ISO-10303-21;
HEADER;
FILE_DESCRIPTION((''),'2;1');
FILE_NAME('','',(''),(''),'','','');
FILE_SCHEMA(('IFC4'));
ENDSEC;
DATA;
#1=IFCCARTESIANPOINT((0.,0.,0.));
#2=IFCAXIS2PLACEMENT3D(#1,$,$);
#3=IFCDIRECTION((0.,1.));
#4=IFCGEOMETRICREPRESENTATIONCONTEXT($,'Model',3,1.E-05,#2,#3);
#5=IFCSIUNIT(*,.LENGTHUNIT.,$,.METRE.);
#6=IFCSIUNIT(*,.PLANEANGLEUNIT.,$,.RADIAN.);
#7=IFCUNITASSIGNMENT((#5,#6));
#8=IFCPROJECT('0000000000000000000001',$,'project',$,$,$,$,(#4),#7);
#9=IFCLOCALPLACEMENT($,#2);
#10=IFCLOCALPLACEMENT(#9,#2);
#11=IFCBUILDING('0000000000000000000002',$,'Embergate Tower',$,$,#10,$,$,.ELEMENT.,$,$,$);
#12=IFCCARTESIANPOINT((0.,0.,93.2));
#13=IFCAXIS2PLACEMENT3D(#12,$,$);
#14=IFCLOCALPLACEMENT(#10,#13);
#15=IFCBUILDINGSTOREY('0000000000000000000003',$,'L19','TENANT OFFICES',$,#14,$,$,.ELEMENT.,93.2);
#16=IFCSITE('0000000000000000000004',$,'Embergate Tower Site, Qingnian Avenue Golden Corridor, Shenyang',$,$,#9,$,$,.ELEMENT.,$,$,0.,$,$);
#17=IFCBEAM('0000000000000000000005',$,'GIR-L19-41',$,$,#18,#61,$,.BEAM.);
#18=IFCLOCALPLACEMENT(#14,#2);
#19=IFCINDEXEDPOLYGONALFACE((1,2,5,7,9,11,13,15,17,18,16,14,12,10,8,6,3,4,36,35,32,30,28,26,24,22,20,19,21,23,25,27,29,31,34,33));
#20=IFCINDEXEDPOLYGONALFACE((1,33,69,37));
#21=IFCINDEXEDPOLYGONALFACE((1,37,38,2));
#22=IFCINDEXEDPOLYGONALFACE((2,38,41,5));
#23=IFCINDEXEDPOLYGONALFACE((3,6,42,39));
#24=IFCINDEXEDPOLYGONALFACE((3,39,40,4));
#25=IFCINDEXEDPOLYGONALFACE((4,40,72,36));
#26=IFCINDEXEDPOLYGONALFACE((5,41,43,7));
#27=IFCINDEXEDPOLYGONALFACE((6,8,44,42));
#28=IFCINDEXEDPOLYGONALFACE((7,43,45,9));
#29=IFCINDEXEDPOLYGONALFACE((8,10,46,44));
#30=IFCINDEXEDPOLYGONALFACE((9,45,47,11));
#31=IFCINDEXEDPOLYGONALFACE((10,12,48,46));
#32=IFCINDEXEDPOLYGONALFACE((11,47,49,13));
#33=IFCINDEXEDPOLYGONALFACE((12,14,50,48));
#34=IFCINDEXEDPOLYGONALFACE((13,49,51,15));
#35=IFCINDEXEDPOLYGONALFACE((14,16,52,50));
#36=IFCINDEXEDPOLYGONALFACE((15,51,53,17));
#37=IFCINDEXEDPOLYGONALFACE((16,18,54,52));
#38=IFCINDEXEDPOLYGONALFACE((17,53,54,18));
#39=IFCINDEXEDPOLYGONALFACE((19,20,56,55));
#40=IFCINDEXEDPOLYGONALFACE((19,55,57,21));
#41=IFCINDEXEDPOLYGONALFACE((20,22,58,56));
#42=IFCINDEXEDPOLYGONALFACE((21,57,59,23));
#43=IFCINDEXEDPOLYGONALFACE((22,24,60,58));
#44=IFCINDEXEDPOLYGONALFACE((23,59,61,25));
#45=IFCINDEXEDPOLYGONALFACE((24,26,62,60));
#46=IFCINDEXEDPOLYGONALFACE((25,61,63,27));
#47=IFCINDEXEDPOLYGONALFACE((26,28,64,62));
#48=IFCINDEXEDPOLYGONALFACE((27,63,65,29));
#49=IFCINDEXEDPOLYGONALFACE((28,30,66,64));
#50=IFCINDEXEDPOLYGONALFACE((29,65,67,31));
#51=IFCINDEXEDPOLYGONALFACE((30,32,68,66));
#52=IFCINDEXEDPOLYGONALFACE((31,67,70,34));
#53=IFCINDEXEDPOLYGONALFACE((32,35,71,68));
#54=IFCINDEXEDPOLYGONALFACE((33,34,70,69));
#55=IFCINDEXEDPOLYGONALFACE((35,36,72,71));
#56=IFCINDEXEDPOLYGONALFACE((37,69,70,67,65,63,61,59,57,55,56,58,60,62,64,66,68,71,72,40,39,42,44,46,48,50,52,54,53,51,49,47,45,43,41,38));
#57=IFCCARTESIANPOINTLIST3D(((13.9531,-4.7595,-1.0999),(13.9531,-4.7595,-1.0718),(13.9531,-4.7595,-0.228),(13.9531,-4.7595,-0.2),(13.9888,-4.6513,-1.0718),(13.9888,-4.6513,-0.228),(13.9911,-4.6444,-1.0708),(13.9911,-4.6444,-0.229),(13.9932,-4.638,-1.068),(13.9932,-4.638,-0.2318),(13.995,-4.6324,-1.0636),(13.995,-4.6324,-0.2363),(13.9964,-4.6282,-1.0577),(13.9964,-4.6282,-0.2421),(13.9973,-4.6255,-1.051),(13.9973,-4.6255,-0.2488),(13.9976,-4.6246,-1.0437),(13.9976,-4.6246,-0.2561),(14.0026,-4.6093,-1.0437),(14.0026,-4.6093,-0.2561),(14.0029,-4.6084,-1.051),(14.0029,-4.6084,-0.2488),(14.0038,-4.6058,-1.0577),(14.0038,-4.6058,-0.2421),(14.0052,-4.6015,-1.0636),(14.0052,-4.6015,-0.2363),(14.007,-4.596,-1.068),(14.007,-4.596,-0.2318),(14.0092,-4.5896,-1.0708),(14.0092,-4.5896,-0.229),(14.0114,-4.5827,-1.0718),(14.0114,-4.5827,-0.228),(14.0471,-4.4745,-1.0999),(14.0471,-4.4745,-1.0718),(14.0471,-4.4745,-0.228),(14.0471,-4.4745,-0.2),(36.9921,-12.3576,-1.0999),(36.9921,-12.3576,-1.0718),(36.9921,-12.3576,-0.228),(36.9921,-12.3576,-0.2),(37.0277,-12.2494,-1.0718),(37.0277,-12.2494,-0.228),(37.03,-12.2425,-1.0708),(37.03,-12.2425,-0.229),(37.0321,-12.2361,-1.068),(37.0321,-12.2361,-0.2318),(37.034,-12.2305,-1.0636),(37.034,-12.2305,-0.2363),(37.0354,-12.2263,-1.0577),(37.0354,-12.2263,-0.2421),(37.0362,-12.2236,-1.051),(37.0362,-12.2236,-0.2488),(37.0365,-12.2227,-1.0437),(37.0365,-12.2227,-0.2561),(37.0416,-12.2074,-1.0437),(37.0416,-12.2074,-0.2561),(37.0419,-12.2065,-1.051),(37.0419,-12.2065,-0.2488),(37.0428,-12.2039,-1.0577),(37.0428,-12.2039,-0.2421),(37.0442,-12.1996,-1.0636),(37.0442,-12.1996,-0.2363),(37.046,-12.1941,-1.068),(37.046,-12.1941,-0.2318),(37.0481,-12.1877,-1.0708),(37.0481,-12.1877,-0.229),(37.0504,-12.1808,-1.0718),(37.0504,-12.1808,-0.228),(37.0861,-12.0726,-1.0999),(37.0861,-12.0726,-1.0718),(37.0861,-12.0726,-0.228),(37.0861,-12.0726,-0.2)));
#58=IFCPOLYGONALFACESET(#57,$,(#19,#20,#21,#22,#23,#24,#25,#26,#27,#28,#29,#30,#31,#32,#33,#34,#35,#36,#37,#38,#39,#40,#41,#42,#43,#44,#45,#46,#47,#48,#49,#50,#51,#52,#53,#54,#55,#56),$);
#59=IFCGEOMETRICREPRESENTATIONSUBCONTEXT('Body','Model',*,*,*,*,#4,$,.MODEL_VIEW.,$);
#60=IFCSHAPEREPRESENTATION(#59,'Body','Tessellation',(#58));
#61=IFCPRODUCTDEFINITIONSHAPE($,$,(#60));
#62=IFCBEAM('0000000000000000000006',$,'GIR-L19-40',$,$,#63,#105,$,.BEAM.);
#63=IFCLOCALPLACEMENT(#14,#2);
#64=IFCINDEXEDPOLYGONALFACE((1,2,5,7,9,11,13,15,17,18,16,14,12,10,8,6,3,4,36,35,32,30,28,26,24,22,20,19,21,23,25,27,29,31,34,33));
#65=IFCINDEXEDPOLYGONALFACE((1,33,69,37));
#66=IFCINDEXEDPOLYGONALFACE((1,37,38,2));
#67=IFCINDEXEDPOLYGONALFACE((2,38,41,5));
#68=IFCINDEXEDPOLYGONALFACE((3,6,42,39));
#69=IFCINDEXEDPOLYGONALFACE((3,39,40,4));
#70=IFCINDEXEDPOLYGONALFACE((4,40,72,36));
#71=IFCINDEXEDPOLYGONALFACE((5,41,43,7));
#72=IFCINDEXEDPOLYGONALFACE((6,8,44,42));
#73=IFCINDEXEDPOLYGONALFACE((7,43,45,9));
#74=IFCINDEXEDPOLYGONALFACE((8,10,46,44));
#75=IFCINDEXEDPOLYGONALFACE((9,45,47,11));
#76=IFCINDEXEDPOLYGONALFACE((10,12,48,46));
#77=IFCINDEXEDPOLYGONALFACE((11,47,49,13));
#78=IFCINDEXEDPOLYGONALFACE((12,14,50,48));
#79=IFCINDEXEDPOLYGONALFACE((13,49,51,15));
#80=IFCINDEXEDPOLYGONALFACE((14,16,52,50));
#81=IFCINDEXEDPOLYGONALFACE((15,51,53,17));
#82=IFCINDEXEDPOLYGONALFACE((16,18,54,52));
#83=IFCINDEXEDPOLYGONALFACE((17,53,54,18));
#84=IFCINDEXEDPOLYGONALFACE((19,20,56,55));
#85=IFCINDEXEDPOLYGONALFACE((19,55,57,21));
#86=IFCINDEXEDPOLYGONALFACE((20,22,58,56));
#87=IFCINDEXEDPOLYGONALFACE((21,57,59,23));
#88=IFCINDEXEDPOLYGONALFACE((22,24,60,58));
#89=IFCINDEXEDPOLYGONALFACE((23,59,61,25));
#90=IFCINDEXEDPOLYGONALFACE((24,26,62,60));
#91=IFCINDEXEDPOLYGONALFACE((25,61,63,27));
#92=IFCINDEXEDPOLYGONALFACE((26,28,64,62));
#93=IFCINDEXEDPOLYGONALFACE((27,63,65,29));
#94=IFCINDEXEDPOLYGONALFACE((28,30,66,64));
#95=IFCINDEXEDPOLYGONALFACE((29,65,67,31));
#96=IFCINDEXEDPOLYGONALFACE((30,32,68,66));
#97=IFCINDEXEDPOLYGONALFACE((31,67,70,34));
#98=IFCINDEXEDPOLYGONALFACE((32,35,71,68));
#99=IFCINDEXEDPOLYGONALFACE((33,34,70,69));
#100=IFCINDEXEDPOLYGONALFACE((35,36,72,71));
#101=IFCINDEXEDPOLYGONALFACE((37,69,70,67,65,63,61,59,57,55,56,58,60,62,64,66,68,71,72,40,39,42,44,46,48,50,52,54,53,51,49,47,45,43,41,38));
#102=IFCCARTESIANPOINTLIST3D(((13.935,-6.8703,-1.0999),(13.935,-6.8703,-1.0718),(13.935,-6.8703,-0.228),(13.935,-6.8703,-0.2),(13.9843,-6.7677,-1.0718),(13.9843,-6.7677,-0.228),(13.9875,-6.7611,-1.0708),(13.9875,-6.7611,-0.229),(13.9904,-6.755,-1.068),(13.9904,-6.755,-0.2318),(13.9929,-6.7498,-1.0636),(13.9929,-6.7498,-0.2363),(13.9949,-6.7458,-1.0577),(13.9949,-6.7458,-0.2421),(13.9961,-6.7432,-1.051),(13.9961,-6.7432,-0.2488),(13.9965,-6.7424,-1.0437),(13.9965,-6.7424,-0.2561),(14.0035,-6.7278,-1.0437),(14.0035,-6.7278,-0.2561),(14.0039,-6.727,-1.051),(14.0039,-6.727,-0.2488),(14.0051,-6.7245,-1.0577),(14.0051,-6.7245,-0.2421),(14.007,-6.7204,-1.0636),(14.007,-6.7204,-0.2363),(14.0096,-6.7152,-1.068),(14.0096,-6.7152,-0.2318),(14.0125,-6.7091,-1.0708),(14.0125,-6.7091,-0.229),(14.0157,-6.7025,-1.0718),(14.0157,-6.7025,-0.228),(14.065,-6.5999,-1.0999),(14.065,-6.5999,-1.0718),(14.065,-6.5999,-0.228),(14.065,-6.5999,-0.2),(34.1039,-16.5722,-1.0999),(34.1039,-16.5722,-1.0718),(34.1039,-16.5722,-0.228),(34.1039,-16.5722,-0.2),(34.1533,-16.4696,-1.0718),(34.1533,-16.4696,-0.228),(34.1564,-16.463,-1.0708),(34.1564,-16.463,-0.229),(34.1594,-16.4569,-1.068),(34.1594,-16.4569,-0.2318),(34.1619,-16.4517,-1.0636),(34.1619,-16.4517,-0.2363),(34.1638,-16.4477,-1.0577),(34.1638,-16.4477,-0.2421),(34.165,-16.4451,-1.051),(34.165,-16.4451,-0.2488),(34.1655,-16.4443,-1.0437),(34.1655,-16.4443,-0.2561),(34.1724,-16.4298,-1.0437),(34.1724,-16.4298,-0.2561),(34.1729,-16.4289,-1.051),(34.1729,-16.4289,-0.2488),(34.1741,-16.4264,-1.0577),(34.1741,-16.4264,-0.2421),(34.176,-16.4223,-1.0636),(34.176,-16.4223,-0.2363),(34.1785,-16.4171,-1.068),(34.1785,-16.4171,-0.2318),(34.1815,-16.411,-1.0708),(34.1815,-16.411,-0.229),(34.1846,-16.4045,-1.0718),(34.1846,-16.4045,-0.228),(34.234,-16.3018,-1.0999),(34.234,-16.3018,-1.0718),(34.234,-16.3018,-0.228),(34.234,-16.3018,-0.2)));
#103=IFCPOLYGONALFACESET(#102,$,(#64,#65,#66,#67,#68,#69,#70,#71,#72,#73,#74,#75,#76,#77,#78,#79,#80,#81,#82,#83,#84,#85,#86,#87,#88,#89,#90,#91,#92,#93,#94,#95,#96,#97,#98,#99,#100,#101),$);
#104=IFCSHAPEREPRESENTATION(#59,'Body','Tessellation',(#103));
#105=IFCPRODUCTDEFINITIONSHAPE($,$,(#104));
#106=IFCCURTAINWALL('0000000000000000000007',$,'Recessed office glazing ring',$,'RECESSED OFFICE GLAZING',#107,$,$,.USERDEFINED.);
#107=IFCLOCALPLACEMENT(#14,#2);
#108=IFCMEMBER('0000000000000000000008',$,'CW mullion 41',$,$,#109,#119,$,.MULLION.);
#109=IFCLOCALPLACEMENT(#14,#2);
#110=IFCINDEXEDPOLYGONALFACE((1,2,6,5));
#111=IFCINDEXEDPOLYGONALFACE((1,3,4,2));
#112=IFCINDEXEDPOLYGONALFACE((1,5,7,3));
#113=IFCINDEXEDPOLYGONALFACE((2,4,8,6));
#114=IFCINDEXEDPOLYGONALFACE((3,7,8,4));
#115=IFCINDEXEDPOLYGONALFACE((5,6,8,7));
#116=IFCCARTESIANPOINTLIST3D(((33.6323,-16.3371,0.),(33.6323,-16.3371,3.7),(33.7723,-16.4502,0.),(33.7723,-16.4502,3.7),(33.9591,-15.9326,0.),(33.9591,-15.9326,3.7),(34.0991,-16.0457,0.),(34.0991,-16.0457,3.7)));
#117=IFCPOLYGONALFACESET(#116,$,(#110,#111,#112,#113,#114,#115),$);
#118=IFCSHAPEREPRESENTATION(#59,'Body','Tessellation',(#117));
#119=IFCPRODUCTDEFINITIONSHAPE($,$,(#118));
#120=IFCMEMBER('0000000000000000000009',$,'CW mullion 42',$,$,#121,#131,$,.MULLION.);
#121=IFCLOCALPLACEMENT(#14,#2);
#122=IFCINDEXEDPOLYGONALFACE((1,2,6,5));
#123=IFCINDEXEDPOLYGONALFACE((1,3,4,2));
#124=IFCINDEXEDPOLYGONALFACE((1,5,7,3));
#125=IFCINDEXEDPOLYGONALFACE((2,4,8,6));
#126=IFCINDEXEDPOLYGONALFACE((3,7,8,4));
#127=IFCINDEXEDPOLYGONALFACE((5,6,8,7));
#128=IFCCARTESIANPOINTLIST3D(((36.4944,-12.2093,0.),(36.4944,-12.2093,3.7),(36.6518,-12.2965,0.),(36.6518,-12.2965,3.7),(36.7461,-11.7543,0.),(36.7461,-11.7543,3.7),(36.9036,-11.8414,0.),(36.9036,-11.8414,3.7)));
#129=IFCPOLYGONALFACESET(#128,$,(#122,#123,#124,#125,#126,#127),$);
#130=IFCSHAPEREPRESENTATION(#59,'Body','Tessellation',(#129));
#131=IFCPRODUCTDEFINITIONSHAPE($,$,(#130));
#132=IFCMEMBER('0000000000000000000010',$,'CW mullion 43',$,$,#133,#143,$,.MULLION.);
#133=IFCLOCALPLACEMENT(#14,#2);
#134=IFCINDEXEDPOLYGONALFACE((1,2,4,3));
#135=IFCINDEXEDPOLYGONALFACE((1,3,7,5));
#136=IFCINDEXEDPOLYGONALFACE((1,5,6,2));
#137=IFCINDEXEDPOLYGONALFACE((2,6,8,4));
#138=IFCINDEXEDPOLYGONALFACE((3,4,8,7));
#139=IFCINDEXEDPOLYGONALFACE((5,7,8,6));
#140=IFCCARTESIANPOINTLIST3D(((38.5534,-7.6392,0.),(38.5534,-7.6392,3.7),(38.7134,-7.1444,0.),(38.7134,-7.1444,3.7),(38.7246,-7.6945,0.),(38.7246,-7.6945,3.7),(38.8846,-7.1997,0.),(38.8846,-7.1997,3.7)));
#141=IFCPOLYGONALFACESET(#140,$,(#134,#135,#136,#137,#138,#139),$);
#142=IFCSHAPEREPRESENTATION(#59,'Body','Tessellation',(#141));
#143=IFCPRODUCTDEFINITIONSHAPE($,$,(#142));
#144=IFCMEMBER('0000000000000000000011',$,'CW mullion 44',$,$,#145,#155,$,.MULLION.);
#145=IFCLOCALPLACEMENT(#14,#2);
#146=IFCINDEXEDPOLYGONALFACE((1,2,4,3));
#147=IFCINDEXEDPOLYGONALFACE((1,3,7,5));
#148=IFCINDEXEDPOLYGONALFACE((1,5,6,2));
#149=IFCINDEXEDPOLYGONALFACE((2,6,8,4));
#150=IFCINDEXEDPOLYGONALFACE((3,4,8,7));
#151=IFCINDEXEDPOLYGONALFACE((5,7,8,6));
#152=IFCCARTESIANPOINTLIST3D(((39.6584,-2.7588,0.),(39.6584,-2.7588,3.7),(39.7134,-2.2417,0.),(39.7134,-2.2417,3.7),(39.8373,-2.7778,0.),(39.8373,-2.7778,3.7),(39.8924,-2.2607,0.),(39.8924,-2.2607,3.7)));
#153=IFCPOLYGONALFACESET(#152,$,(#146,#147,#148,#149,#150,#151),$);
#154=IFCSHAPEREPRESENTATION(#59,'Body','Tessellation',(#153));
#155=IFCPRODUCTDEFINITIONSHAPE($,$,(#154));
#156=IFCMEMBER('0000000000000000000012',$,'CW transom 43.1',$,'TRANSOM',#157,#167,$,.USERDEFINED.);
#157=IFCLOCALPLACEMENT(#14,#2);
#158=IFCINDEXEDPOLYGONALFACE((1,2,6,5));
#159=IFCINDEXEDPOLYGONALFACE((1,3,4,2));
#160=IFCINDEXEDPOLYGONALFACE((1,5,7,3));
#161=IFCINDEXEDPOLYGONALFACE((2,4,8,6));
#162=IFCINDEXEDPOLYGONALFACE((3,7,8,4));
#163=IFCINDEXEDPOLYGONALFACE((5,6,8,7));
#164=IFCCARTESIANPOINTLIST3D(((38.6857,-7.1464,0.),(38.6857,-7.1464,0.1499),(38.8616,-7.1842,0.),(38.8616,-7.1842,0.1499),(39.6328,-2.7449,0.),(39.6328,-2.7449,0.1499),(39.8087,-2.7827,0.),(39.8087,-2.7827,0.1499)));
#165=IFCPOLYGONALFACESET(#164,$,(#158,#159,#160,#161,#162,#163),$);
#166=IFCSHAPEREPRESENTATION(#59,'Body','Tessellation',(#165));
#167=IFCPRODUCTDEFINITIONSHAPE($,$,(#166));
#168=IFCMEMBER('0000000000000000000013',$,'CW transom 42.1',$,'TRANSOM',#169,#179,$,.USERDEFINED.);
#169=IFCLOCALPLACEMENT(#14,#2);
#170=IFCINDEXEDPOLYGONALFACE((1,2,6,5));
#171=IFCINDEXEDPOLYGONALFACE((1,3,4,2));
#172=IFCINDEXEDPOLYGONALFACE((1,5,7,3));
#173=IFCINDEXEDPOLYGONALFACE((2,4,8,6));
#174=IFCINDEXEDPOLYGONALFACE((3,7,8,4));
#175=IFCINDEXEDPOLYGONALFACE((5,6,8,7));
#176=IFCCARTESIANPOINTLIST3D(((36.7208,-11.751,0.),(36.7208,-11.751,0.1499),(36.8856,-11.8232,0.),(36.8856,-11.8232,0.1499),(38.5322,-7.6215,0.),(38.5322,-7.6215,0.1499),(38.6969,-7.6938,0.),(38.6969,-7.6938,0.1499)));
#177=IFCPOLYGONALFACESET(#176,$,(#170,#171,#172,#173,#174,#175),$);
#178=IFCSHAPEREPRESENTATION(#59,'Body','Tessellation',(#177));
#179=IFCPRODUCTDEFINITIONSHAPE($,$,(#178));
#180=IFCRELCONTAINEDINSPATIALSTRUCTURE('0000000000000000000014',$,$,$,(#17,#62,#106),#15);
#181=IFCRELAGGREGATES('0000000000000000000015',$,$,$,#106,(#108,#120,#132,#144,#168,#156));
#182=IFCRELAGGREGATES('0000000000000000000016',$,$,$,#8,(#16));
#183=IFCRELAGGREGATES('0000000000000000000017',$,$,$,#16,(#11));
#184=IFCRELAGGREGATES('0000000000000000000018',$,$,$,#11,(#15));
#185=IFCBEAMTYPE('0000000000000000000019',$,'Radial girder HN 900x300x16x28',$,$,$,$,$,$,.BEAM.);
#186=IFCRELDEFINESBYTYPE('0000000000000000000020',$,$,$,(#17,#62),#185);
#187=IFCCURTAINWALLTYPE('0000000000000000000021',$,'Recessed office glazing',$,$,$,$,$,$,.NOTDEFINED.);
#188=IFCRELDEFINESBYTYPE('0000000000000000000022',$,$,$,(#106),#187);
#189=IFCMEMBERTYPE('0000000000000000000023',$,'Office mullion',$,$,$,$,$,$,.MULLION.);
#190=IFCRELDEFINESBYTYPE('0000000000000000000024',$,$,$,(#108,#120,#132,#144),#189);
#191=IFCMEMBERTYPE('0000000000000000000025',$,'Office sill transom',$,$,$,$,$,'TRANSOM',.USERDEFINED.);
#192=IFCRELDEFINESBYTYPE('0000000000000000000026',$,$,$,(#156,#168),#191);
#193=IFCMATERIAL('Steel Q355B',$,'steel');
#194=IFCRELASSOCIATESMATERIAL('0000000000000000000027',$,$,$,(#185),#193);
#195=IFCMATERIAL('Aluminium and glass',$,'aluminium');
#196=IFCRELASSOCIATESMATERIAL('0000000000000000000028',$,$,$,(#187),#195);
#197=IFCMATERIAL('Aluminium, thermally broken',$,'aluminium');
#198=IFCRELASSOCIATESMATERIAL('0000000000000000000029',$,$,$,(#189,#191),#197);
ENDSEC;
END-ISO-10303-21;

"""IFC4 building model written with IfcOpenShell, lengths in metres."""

from ifc_helpers import new_model, si_unit, direction, frame, origin, origin_2d, place, context, subcontext, project, spatial, rectangle, i_section, extrude, source, transform, mapped, material, material_profile, profile_set, type_object, element, aggregate, save


model = new_model("IFC4")

# Units and contexts
model_context = context("Model", 3, precision=1e-05, world=origin(), true_north=direction((0.0, 1.0)))
body_context = subcontext(model_context, "Body", "Model", "MODEL_VIEW")
ifc_project = project(units=[si_unit("LENGTHUNIT", "METRE"), si_unit("PLANEANGLEUNIT", "RADIAN")], contexts=[model_context])

# Site, building, storey
site_placement = place(None, origin())
site = spatial("IfcSite", under=ifc_project, at=site_placement, Name="Embergate Tower Site, Qingnian Avenue Golden Corridor, Shenyang", CompositionType="ELEMENT", RefElevation=0.0)
building_placement = place(site_placement, origin())
building = spatial("IfcBuilding", under=site, at=building_placement, Name="Embergate Tower", CompositionType="ELEMENT")
storey_placement = place(building_placement, frame((0.0, 0.0, 93.2)))
storey = spatial("IfcBuildingStorey", under=building, at=storey_placement, Name="L19", Description="TENANT OFFICES", CompositionType="ELEMENT", Elevation=93.2)

# Beams
ifc_material_1 = material(Name="Steel Q355B", Category="steel")
ifc_material_profile_1 = material_profile(ifc_material_1, i_section(OverallWidth=0.3, OverallDepth=0.8999, WebThickness=0.0161, FlangeThickness=0.0281, FilletRadius=0.0281, at=origin_2d()), Name="HN 900x300x16x28")
ifc_profile_set_1 = profile_set([ifc_material_profile_1], Name="Steel Q355 grade B")
beam_type_1 = type_object("IfcBeamType", Name="Radial girder HN 900x300x16x28", PredefinedType="BEAM", material=ifc_profile_set_1)
shared_shape_1 = source(origin(), body_context, "Body", "SweptSolid", [
    extrude(i_section(OverallWidth=0.3, OverallDepth=0.8999, WebThickness=0.0161, FlangeThickness=0.0281, FilletRadius=0.0281, at=origin_2d()), origin(), (0.0, 0.0, 1.0), 24.2595),
])
beam_1_placement = place(storey_placement, frame((37.0391, -12.2151, -0.6499), z_axis=(-0.949687, 0.313201, 0.0), x_axis=(-0.313201, -0.949687, 0.0)))
element("IfcBeam", 1, at=beam_1_placement, inside=storey, type_object=beam_type_1, Name="GIR-L19-41", PredefinedType="BEAM", context=body_context, shape_type="MappedRepresentation", body=[
    mapped(shared_shape_1, transform((0.0, 0.0, 0.0))),
])
shared_shape_2 = source(origin(), body_context, "Body", "SweptSolid", [
    extrude(i_section(OverallWidth=0.3, OverallDepth=0.8999, WebThickness=0.0161, FlangeThickness=0.0281, FilletRadius=0.0281, at=origin_2d()), origin(), (0.0, 0.0, 1.0), 22.3811),
])
beam_2_placement = place(storey_placement, frame((34.1689, -16.437, -0.6499), z_axis=(-0.90116, 0.433487, 0.0), x_axis=(-0.433487, -0.90116, 0.0)))
element("IfcBeam", 2, at=beam_2_placement, inside=storey, type_object=beam_type_1, Name="GIR-L19-40", PredefinedType="BEAM", context=body_context, shape_type="MappedRepresentation", body=[
    mapped(shared_shape_2, transform((0.0, 0.0, 0.0))),
])

# Curtain wall, members
ifc_material_2 = material(Name="Aluminium and glass", Category="aluminium")
curtain_wall_type = type_object("IfcCurtainWallType", Name="Recessed office glazing", PredefinedType="NOTDEFINED", material=ifc_material_2)
curtain_wall_placement = place(storey_placement, origin())
curtain_wall = element("IfcCurtainWall", 3, at=curtain_wall_placement, inside=storey, type_object=curtain_wall_type, Name="Recessed office glazing ring", ObjectType="RECESSED OFFICE GLAZING", PredefinedType="USERDEFINED")
ifc_material_3 = material(Name="Aluminium, thermally broken", Category="aluminium")
ifc_material_profile_2 = material_profile(ifc_material_3, rectangle(XDim=0.1799, YDim=0.52, at=origin_2d()), Name="AL 520x180")
ifc_profile_set_2 = profile_set([ifc_material_profile_2], Name="Aluminium, thermally broken")
member_type_1 = type_object("IfcMemberType", Name="Office mullion", PredefinedType="MULLION", material=ifc_profile_set_2)
shared_shape_3 = source(origin(), body_context, "Body", "SweptSolid", [
    extrude(rectangle(XDim=0.1799, YDim=0.52, at=origin_2d()), origin(), (0.0, 0.0, 1.0), 3.7),
])
member_1_placement = place(storey_placement, frame((33.8657, -16.1914, 0.0), z_axis=(0.0, 0.0, 1.0), x_axis=(-0.777878, 0.628415, 0.0)))
member_1 = element("IfcMember", 4, at=member_1_placement, type_object=member_type_1, Name="CW mullion 41", PredefinedType="MULLION", context=body_context, shape_type="MappedRepresentation", body=[
    mapped(shared_shape_3, transform((0.0, 0.0, 0.0))),
])
member_2_placement = place(storey_placement, frame((36.699, -12.0254, 0.0), z_axis=(0.0, 0.0, 1.0), x_axis=(-0.875006, 0.484112, 0.0)))
member_2 = element("IfcMember", 5, at=member_2_placement, type_object=member_type_1, Name="CW mullion 42", PredefinedType="MULLION", context=body_context, shape_type="MappedRepresentation", body=[
    mapped(shared_shape_3, transform((0.0, 0.0, 0.0))),
])
member_3_placement = place(storey_placement, frame((38.719, -7.4194, 0.0), z_axis=(0.0, 0.0, 1.0), x_axis=(-0.9515, 0.307647, 0.0)))
member_3 = element("IfcMember", 6, at=member_3_placement, type_object=member_type_1, Name="CW mullion 43", PredefinedType="MULLION", context=body_context, shape_type="MappedRepresentation", body=[
    mapped(shared_shape_3, transform((0.0, 0.0, 0.0))),
])
member_4_placement = place(storey_placement, frame((39.7754, -2.5098, 0.0), z_axis=(0.0, 0.0, 1.0), x_axis=(-0.994385, 0.10582, 0.0)))
member_4 = element("IfcMember", 7, at=member_4_placement, type_object=member_type_1, Name="CW mullion 44", PredefinedType="MULLION", context=body_context, shape_type="MappedRepresentation", body=[
    mapped(shared_shape_3, transform((0.0, 0.0, 0.0))),
])
ifc_material_profile_3 = material_profile(ifc_material_3, rectangle(XDim=0.1799, YDim=0.1499, at=origin_2d()), Name="AL 150x180")
ifc_profile_set_3 = profile_set([ifc_material_profile_3], Name="Aluminium, thermally broken")
member_type_2 = type_object("IfcMemberType", Name="Office sill transom", ElementType="TRANSOM", PredefinedType="USERDEFINED", material=ifc_profile_set_3)
shared_shape_4 = source(origin(), body_context, "Body", "SweptSolid", [
    extrude(rectangle(XDim=0.1799, YDim=0.1499, at=origin_2d()), origin(), (0.0, 0.0, 1.0), 4.5022),
])
member_5_placement = place(storey_placement, frame((38.7737, -7.1653, 0.075), z_axis=(0.210351, 0.977626, 0.0), x_axis=(-0.977626, 0.210351, 0.0)))
member_5 = element("IfcMember", 8, at=member_5_placement, type_object=member_type_2, Name="CW transom 43.1", ObjectType="TRANSOM", PredefinedType="USERDEFINED", context=body_context, shape_type="MappedRepresentation", body=[
    mapped(shared_shape_4, transform((0.0, 0.0, 0.0))),
])
shared_shape_5 = source(origin(), body_context, "Body", "SweptSolid", [
    extrude(rectangle(XDim=0.1799, YDim=0.1499, at=origin_2d()), origin(), (0.0, 0.0, 1.0), 4.5093),
])
member_6_placement = place(storey_placement, frame((36.8032, -11.7871, 0.075), z_axis=(0.401688, 0.915777, 0.0), x_axis=(-0.915777, 0.401688, 0.0)))
member_6 = element("IfcMember", 9, at=member_6_placement, type_object=member_type_2, Name="CW transom 42.1", ObjectType="TRANSOM", PredefinedType="USERDEFINED", context=body_context, shape_type="MappedRepresentation", body=[
    mapped(shared_shape_5, transform((0.0, 0.0, 0.0))),
])
aggregate(curtain_wall, [member_1, member_2, member_3, member_4, member_6, member_5])

save(model, "model.ifc")
